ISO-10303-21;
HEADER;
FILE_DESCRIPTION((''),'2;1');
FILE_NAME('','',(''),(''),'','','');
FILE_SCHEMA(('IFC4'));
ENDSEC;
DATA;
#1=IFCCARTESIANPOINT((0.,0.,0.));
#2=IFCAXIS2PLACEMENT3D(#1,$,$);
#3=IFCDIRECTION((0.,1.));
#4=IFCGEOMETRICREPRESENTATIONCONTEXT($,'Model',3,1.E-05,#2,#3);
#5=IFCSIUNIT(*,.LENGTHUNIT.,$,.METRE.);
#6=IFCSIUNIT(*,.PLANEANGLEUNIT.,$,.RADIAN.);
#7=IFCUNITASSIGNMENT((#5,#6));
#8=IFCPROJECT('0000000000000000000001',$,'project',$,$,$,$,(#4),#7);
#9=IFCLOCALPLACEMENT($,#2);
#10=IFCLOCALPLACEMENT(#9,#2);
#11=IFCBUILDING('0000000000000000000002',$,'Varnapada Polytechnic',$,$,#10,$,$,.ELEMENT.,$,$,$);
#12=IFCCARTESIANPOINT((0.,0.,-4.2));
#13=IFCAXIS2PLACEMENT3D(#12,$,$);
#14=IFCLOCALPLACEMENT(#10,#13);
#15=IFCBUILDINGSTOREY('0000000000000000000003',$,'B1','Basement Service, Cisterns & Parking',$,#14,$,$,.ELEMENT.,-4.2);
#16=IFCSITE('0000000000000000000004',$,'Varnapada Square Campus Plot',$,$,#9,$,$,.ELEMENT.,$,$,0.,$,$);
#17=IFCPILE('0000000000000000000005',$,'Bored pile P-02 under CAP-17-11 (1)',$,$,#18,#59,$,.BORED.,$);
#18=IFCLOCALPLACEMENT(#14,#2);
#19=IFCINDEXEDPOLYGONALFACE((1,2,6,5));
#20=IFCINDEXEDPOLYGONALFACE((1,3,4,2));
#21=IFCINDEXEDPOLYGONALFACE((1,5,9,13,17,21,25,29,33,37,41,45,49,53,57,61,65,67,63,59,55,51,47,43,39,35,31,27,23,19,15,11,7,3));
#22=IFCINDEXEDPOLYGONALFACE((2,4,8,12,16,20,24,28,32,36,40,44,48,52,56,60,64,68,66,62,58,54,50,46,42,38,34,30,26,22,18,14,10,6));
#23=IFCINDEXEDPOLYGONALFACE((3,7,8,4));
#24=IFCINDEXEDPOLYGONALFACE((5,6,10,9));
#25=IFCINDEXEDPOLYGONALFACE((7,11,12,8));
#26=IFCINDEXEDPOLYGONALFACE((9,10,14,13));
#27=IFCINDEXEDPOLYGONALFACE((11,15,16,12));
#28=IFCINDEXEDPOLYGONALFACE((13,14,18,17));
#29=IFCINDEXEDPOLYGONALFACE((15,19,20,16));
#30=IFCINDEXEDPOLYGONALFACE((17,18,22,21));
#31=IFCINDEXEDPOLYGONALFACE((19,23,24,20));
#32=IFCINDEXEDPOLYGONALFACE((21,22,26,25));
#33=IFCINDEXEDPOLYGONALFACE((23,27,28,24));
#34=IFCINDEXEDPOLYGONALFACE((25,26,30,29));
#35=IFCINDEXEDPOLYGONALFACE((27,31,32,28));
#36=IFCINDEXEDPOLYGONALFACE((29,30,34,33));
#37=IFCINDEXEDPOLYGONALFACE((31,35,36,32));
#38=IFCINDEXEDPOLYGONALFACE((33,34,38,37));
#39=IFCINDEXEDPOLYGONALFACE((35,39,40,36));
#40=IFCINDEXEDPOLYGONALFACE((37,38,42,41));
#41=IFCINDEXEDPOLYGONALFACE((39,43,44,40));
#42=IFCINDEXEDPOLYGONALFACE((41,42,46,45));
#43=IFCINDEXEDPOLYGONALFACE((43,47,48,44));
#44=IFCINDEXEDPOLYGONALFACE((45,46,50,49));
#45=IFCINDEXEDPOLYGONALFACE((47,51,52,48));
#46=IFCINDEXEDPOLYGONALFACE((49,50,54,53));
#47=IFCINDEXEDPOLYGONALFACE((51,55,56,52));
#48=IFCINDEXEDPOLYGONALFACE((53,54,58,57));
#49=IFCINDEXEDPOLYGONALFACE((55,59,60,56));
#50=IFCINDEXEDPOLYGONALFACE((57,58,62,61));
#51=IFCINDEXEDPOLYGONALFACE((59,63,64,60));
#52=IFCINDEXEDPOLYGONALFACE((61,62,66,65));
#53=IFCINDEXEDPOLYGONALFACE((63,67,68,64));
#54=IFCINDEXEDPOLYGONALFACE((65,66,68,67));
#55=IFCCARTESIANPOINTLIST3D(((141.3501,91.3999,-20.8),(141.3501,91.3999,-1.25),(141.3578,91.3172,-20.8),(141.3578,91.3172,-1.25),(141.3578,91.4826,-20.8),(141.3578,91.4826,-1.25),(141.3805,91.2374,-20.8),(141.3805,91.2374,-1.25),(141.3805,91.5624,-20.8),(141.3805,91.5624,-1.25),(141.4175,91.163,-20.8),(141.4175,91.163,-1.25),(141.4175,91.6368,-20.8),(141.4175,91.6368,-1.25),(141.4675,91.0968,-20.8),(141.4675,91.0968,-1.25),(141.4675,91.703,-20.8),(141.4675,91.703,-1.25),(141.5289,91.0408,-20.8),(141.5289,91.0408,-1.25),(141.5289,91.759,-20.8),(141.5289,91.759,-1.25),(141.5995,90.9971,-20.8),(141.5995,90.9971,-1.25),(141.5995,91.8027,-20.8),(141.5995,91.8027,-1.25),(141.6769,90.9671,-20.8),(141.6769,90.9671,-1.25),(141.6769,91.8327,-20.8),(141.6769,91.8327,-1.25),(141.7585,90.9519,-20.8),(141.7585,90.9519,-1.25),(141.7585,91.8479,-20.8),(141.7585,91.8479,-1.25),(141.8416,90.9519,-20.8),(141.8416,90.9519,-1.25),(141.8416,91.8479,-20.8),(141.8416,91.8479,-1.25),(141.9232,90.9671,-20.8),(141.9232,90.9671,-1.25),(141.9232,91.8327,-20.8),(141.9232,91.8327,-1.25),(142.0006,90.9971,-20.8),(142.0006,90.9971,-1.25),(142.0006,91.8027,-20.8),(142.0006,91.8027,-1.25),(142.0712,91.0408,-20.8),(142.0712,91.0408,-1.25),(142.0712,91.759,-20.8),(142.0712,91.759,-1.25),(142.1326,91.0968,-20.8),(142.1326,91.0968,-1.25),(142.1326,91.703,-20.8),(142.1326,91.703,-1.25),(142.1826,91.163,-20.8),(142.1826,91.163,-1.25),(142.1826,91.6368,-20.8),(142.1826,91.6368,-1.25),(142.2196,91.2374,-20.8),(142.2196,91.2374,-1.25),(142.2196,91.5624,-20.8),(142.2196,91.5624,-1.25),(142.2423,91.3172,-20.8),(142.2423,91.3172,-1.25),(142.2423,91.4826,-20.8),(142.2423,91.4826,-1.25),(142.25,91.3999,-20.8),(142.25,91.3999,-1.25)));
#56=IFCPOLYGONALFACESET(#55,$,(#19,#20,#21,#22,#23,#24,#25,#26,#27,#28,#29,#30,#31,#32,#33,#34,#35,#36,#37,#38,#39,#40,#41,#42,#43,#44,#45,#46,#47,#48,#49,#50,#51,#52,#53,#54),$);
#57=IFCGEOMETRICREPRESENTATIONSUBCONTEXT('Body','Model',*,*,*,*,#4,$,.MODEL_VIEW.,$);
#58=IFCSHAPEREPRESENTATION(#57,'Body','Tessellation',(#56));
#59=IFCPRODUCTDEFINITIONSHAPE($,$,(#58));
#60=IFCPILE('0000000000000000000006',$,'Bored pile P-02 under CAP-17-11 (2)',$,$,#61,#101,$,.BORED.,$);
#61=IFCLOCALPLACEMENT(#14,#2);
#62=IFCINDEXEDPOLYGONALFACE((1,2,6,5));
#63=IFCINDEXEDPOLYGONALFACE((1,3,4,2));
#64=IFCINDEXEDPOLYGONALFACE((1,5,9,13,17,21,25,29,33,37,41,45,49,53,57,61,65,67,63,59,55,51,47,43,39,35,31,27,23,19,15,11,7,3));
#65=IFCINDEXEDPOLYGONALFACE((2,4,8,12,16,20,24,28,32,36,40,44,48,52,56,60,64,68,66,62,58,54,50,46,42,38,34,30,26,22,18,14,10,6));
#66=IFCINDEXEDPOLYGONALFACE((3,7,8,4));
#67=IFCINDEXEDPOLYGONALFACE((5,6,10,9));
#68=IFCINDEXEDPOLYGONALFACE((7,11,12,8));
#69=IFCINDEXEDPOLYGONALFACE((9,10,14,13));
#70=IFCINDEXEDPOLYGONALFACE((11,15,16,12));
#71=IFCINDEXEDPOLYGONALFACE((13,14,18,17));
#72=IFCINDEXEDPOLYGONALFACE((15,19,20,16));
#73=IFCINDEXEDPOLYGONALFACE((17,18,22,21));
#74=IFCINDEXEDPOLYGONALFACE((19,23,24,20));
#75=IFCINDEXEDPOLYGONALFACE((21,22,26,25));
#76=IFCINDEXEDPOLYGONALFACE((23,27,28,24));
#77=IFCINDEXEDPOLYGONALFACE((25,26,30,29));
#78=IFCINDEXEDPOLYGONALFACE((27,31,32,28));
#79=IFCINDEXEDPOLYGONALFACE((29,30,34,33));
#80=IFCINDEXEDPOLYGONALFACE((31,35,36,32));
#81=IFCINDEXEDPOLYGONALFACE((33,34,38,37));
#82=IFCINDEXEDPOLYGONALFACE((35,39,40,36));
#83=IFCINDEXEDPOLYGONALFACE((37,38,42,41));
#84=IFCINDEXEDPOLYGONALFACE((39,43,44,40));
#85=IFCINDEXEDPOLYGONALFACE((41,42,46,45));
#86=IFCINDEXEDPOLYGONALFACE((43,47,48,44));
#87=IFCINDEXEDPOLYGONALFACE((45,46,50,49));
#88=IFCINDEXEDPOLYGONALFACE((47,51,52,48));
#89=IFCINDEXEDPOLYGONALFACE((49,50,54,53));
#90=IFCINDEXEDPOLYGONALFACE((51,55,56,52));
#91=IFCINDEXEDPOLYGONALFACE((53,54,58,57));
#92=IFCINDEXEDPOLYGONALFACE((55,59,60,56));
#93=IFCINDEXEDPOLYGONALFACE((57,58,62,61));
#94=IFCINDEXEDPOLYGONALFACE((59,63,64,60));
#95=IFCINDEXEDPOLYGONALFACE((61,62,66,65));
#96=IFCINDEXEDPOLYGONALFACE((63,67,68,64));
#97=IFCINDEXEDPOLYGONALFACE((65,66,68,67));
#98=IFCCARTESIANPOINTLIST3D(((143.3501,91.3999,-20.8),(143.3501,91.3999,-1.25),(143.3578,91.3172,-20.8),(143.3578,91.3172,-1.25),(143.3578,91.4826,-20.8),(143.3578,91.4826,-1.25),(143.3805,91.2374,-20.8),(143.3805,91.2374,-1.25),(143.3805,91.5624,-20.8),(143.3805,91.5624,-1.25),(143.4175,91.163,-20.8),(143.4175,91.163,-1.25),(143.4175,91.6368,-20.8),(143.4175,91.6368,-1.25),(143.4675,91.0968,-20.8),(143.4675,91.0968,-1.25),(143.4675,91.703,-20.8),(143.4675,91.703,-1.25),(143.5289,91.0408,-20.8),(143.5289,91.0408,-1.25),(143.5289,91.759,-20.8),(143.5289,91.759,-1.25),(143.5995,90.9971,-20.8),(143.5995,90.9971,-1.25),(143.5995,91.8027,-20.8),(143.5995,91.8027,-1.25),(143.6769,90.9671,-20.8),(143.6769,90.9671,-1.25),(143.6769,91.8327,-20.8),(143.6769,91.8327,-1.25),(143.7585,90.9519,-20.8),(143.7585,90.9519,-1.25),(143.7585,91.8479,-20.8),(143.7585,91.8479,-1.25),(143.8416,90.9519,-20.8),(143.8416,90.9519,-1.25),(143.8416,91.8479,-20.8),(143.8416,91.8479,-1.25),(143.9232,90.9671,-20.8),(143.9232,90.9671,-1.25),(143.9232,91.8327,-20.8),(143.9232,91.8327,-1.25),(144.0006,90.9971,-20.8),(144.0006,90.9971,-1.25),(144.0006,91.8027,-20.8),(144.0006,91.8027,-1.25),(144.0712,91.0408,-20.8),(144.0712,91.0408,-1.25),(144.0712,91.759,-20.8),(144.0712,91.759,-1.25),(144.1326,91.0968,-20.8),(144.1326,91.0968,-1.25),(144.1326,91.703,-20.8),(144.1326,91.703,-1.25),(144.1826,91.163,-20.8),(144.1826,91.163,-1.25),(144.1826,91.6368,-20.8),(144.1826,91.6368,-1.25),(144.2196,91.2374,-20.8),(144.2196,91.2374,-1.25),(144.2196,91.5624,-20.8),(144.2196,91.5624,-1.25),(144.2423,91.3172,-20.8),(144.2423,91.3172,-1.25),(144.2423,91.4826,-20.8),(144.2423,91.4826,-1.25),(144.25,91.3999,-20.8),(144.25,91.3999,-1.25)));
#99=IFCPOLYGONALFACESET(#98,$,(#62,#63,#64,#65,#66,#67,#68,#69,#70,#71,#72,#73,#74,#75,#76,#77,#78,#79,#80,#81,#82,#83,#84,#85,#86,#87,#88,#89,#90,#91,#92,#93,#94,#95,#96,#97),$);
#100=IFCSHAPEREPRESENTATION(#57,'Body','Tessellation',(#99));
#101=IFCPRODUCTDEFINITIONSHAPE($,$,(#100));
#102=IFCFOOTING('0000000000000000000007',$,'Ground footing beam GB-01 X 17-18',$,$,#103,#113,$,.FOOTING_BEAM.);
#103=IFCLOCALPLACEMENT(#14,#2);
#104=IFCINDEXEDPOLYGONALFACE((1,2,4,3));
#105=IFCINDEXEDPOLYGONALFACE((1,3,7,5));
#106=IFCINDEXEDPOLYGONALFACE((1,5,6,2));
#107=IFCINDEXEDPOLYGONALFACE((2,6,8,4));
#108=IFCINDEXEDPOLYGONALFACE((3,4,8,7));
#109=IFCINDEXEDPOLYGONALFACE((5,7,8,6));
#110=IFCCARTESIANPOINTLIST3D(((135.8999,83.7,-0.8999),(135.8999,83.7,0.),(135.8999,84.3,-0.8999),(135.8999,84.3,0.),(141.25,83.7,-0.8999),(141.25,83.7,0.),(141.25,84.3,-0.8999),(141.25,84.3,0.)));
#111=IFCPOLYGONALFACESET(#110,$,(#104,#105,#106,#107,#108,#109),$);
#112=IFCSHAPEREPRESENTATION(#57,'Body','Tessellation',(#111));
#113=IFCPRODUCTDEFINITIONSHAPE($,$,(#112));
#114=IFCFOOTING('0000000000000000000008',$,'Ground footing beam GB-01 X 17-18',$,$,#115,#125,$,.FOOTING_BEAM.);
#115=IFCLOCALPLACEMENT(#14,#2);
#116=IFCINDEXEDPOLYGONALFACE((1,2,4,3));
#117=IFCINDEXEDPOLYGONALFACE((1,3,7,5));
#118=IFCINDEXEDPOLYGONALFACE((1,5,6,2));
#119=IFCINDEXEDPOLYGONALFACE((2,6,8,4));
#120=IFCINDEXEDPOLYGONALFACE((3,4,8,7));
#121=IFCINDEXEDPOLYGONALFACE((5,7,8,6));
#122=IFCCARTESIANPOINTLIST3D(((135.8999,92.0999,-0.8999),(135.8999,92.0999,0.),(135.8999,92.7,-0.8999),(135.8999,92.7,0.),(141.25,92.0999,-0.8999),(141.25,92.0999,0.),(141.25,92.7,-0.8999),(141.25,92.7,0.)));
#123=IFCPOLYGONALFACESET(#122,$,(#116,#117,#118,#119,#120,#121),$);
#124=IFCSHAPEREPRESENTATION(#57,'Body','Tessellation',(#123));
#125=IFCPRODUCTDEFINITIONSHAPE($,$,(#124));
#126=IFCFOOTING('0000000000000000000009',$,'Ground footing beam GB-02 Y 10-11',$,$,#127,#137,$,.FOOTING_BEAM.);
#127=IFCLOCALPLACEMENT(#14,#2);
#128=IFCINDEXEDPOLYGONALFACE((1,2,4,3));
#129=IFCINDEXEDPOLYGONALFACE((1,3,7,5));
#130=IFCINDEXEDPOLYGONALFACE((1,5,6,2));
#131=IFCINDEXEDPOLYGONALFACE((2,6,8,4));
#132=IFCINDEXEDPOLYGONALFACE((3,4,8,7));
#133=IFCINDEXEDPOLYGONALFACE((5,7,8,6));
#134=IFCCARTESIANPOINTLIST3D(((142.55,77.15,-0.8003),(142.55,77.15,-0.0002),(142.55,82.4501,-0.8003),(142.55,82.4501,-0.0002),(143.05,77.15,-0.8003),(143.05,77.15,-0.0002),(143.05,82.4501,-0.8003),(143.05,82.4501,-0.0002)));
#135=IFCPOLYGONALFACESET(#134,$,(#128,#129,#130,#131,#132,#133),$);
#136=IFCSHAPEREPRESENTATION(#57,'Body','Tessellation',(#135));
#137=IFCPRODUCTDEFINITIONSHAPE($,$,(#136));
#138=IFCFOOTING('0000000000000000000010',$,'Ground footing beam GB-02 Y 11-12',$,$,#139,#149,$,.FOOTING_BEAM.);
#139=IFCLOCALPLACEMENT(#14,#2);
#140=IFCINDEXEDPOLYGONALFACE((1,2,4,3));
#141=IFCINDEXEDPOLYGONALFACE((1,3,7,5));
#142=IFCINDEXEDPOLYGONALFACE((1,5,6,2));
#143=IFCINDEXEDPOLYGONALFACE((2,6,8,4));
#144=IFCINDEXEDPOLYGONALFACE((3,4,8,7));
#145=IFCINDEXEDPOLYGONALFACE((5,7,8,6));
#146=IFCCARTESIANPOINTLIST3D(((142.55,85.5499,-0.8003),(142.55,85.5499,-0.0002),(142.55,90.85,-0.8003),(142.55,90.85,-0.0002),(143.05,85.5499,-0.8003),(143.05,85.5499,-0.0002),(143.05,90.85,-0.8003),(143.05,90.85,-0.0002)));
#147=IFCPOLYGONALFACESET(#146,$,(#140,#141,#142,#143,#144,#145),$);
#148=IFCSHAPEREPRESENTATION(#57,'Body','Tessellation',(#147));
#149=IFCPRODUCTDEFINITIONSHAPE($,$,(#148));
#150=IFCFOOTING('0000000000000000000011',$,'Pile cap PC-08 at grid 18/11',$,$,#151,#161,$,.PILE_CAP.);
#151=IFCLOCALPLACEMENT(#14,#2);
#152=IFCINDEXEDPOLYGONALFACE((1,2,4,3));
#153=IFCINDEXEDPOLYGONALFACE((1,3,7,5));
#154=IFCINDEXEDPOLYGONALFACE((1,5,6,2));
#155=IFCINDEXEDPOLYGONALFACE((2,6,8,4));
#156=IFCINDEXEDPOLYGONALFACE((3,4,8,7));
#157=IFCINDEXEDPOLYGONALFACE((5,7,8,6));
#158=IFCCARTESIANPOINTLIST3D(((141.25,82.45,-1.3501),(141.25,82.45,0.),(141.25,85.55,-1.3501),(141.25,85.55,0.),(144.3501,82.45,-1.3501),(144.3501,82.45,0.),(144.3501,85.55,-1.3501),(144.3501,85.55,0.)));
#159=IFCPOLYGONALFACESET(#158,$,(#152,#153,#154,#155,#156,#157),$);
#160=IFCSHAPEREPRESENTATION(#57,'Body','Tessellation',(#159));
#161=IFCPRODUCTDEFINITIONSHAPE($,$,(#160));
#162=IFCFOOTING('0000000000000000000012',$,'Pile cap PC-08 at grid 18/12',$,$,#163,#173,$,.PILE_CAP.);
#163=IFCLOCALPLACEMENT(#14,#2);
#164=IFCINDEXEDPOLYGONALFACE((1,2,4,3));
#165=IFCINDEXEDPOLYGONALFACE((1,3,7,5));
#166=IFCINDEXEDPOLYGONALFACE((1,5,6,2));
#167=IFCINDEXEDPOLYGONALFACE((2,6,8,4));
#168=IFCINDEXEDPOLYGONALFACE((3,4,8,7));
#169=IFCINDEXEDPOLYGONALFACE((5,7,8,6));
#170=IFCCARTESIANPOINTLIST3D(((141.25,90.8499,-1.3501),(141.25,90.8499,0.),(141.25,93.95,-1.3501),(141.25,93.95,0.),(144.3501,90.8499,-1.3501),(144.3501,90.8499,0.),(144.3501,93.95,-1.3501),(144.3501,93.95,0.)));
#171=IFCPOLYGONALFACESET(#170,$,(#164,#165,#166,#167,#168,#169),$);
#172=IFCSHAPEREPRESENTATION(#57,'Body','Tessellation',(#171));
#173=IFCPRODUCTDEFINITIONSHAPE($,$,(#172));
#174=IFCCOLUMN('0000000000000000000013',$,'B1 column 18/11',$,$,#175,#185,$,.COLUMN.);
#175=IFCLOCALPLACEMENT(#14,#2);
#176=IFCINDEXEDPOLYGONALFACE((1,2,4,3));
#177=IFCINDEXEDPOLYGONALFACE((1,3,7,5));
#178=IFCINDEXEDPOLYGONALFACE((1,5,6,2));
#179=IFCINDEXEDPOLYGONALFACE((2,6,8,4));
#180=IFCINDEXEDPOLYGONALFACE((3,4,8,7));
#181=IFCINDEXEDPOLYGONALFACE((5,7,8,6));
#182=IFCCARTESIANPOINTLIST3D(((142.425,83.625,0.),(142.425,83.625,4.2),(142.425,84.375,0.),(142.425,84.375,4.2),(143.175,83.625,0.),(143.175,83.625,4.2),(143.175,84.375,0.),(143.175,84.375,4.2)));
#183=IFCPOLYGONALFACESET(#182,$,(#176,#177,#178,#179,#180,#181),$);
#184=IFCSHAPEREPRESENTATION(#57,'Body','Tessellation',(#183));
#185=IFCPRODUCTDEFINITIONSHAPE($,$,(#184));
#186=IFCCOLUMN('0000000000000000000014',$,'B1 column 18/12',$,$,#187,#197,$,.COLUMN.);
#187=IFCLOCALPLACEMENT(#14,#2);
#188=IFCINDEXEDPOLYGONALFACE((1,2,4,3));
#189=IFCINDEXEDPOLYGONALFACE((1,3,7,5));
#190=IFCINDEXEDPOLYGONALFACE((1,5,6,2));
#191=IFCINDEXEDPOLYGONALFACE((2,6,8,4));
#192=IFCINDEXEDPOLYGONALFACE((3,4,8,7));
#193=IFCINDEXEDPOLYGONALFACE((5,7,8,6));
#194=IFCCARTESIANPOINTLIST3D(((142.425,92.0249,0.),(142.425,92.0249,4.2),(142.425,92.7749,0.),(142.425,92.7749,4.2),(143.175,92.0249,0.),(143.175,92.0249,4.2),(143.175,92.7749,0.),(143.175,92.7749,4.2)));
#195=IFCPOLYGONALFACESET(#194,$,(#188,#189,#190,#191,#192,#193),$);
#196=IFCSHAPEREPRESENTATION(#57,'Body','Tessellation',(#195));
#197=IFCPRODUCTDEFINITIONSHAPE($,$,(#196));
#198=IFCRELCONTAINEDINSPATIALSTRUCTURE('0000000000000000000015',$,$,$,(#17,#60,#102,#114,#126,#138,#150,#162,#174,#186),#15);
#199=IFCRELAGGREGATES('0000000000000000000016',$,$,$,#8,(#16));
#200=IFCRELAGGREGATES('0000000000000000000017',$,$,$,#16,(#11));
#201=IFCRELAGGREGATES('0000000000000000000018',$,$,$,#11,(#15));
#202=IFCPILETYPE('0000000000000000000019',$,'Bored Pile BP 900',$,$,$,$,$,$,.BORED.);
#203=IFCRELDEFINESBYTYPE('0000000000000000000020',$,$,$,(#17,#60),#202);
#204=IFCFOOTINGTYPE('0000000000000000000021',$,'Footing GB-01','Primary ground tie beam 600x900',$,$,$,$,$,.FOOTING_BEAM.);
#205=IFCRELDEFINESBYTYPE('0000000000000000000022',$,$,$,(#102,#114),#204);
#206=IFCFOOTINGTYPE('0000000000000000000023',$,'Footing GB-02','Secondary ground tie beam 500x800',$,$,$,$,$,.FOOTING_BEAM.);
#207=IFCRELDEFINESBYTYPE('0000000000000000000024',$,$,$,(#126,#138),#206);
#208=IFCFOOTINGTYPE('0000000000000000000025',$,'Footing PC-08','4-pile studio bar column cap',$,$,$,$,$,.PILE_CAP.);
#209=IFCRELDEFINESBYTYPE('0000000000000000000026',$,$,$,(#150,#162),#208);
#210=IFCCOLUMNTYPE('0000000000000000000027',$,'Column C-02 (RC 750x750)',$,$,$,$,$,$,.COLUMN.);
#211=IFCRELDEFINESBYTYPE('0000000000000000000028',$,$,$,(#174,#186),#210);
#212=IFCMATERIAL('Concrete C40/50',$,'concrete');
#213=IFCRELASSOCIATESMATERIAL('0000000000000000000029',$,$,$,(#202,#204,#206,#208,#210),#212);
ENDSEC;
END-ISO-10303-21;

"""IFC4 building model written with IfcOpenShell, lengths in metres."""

from ifc_helpers import new_model, si_unit, direction, frame, origin, origin_2d, place, context, subcontext, project, spatial, rectangle, circle, extrude, material, material_profile, profile_set, type_object, element, save


model = new_model("IFC4")

# Units and contexts
model_context = context("Model", 3, precision=1e-05, world=origin(), true_north=direction((0.0, 1.0)))
body_context = subcontext(model_context, "Body", "Model", "MODEL_VIEW")
ifc_project = project(units=[si_unit("LENGTHUNIT", "METRE"), si_unit("PLANEANGLEUNIT", "RADIAN")], contexts=[model_context])

# Site, building, storey
site_placement = place(None, origin())
site = spatial("IfcSite", under=ifc_project, at=site_placement, Name="Varnapada Square Campus Plot", CompositionType="ELEMENT", RefElevation=0.0)
building_placement = place(site_placement, origin())
building = spatial("IfcBuilding", under=site, at=building_placement, Name="Varnapada Polytechnic", CompositionType="ELEMENT")
storey_placement = place(building_placement, frame((0.0, 0.0, -4.2)))
storey = spatial("IfcBuildingStorey", under=building, at=storey_placement, Name="B1", Description="Basement Service, Cisterns & Parking", CompositionType="ELEMENT", Elevation=-4.2)

# Piles
ifc_material_1 = material(Name="Concrete C40/50", Category="concrete")
ifc_material_profile_1 = material_profile(ifc_material_1, circle(Radius=0.45, at=origin_2d()), Name="BP 900")
ifc_profile_set_1 = profile_set([ifc_material_profile_1], Name="Concrete C40/50")
pile_type = type_object("IfcPileType", Name="Bored Pile BP 900", PredefinedType="BORED", material=ifc_profile_set_1)
for number, where, z_axis, x_axis, name in (
    (1, (141.8, 91.3999, -1.25), (0.0, 0.0, -1.0), (1.0, 0.0, 0.0), "Bored pile P-02 under CAP-17-11 (1)"),
    (2, (143.8, 91.3999, -1.25), (0.0, 0.0, -1.0), (1.0, 0.0, 0.0), "Bored pile P-02 under CAP-17-11 (2)"),
):
    element("IfcPile", number, at=place(storey_placement, frame(where, z_axis=z_axis, x_axis=x_axis)), inside=storey, type_object=pile_type, Name=name, PredefinedType="BORED", context=body_context, shape_type="SweptSolid", body=[
        extrude(circle(Radius=0.45, at=origin_2d()), origin(), (0.0, 0.0, 1.0), 19.55),
    ])

# Footings
footing_type_1 = type_object("IfcFootingType", Name="Footing GB-01", Description="Primary ground tie beam 600x900", PredefinedType="FOOTING_BEAM", material=ifc_material_1)
for number, where, z_axis, x_axis, name in (
    (3, (138.575, 84.0, -0.8999), (0.0, 0.0, 1.0), (1.0, 0.0, 0.0), "Ground footing beam GB-01 X 17-18"),
    (4, (138.575, 92.3999, -0.8999), (0.0, 0.0, 1.0), (1.0, 0.0, 0.0), "Ground footing beam GB-01 X 17-18"),
):
    element("IfcFooting", number, at=place(storey_placement, frame(where, z_axis=z_axis, x_axis=x_axis)), inside=storey, type_object=footing_type_1, Name=name, PredefinedType="FOOTING_BEAM", context=body_context, shape_type="SweptSolid", body=[
        extrude(rectangle(XDim=5.3501, YDim=0.6001, at=origin_2d()), origin(), (0.0, 0.0, 1.0), 0.8999),
    ])
footing_type_2 = type_object("IfcFootingType", Name="Footing GB-02", Description="Secondary ground tie beam 500x800", PredefinedType="FOOTING_BEAM", material=ifc_material_1)
for number, where, z_axis, x_axis, name in (
    (5, (142.8, 79.8, -0.8003), (0.0, 0.0, 1.0), (0.0, 1.0, 0.0), "Ground footing beam GB-02 Y 10-11"),
    (6, (142.8, 88.2, -0.8003), (0.0, 0.0, 1.0), (0.0, 1.0, 0.0), "Ground footing beam GB-02 Y 11-12"),
):
    element("IfcFooting", number, at=place(storey_placement, frame(where, z_axis=z_axis, x_axis=x_axis)), inside=storey, type_object=footing_type_2, Name=name, PredefinedType="FOOTING_BEAM", context=body_context, shape_type="SweptSolid", body=[
        extrude(rectangle(XDim=5.3, YDim=0.5, at=origin_2d()), origin(), (0.0, 0.0, 1.0), 0.8),
    ])
footing_type_3 = type_object("IfcFootingType", Name="Footing PC-08", Description="4-pile studio bar column cap", PredefinedType="PILE_CAP", material=ifc_material_1)
for number, where, z_axis, x_axis, name in (
    (7, (142.8, 84.0, -1.3501), (0.0, 0.0, 1.0), (1.0, 0.0, 0.0), "Pile cap PC-08 at grid 18/11"),
    (8, (142.8, 92.3999, -1.3501), (0.0, 0.0, 1.0), (1.0, 0.0, 0.0), "Pile cap PC-08 at grid 18/12"),
):
    element("IfcFooting", number, at=place(storey_placement, frame(where, z_axis=z_axis, x_axis=x_axis)), inside=storey, type_object=footing_type_3, Name=name, PredefinedType="PILE_CAP", context=body_context, shape_type="SweptSolid", body=[
        extrude(rectangle(XDim=3.1001, YDim=3.1001, at=origin_2d()), origin(), (0.0, 0.0, 1.0), 1.3501),
    ])

# Columns
ifc_material_profile_2 = material_profile(ifc_material_1, rectangle(XDim=0.75, YDim=0.75, at=origin_2d()), Name="RC 750x750")
ifc_profile_set_2 = profile_set([ifc_material_profile_2], Name="Concrete C40/50")
column_type = type_object("IfcColumnType", Name="Column C-02 (RC 750x750)", PredefinedType="COLUMN", material=ifc_profile_set_2)
for number, where, z_axis, x_axis, name in (
    (9, (142.8, 84.0, 0.0), (0.0, 0.0, 1.0), (1.0, 0.0, 0.0), "B1 column 18/11"),
    (10, (142.8, 92.3999, 0.0), (0.0, 0.0, 1.0), (1.0, 0.0, 0.0), "B1 column 18/12"),
):
    element("IfcColumn", number, at=place(storey_placement, frame(where, z_axis=z_axis, x_axis=x_axis)), inside=storey, type_object=column_type, Name=name, PredefinedType="COLUMN", context=body_context, shape_type="SweptSolid", body=[
        extrude(rectangle(XDim=0.75, YDim=0.75, at=origin_2d()), origin(), (0.0, 0.0, 1.0), 4.2),
    ])

save(model, "model.ifc")
